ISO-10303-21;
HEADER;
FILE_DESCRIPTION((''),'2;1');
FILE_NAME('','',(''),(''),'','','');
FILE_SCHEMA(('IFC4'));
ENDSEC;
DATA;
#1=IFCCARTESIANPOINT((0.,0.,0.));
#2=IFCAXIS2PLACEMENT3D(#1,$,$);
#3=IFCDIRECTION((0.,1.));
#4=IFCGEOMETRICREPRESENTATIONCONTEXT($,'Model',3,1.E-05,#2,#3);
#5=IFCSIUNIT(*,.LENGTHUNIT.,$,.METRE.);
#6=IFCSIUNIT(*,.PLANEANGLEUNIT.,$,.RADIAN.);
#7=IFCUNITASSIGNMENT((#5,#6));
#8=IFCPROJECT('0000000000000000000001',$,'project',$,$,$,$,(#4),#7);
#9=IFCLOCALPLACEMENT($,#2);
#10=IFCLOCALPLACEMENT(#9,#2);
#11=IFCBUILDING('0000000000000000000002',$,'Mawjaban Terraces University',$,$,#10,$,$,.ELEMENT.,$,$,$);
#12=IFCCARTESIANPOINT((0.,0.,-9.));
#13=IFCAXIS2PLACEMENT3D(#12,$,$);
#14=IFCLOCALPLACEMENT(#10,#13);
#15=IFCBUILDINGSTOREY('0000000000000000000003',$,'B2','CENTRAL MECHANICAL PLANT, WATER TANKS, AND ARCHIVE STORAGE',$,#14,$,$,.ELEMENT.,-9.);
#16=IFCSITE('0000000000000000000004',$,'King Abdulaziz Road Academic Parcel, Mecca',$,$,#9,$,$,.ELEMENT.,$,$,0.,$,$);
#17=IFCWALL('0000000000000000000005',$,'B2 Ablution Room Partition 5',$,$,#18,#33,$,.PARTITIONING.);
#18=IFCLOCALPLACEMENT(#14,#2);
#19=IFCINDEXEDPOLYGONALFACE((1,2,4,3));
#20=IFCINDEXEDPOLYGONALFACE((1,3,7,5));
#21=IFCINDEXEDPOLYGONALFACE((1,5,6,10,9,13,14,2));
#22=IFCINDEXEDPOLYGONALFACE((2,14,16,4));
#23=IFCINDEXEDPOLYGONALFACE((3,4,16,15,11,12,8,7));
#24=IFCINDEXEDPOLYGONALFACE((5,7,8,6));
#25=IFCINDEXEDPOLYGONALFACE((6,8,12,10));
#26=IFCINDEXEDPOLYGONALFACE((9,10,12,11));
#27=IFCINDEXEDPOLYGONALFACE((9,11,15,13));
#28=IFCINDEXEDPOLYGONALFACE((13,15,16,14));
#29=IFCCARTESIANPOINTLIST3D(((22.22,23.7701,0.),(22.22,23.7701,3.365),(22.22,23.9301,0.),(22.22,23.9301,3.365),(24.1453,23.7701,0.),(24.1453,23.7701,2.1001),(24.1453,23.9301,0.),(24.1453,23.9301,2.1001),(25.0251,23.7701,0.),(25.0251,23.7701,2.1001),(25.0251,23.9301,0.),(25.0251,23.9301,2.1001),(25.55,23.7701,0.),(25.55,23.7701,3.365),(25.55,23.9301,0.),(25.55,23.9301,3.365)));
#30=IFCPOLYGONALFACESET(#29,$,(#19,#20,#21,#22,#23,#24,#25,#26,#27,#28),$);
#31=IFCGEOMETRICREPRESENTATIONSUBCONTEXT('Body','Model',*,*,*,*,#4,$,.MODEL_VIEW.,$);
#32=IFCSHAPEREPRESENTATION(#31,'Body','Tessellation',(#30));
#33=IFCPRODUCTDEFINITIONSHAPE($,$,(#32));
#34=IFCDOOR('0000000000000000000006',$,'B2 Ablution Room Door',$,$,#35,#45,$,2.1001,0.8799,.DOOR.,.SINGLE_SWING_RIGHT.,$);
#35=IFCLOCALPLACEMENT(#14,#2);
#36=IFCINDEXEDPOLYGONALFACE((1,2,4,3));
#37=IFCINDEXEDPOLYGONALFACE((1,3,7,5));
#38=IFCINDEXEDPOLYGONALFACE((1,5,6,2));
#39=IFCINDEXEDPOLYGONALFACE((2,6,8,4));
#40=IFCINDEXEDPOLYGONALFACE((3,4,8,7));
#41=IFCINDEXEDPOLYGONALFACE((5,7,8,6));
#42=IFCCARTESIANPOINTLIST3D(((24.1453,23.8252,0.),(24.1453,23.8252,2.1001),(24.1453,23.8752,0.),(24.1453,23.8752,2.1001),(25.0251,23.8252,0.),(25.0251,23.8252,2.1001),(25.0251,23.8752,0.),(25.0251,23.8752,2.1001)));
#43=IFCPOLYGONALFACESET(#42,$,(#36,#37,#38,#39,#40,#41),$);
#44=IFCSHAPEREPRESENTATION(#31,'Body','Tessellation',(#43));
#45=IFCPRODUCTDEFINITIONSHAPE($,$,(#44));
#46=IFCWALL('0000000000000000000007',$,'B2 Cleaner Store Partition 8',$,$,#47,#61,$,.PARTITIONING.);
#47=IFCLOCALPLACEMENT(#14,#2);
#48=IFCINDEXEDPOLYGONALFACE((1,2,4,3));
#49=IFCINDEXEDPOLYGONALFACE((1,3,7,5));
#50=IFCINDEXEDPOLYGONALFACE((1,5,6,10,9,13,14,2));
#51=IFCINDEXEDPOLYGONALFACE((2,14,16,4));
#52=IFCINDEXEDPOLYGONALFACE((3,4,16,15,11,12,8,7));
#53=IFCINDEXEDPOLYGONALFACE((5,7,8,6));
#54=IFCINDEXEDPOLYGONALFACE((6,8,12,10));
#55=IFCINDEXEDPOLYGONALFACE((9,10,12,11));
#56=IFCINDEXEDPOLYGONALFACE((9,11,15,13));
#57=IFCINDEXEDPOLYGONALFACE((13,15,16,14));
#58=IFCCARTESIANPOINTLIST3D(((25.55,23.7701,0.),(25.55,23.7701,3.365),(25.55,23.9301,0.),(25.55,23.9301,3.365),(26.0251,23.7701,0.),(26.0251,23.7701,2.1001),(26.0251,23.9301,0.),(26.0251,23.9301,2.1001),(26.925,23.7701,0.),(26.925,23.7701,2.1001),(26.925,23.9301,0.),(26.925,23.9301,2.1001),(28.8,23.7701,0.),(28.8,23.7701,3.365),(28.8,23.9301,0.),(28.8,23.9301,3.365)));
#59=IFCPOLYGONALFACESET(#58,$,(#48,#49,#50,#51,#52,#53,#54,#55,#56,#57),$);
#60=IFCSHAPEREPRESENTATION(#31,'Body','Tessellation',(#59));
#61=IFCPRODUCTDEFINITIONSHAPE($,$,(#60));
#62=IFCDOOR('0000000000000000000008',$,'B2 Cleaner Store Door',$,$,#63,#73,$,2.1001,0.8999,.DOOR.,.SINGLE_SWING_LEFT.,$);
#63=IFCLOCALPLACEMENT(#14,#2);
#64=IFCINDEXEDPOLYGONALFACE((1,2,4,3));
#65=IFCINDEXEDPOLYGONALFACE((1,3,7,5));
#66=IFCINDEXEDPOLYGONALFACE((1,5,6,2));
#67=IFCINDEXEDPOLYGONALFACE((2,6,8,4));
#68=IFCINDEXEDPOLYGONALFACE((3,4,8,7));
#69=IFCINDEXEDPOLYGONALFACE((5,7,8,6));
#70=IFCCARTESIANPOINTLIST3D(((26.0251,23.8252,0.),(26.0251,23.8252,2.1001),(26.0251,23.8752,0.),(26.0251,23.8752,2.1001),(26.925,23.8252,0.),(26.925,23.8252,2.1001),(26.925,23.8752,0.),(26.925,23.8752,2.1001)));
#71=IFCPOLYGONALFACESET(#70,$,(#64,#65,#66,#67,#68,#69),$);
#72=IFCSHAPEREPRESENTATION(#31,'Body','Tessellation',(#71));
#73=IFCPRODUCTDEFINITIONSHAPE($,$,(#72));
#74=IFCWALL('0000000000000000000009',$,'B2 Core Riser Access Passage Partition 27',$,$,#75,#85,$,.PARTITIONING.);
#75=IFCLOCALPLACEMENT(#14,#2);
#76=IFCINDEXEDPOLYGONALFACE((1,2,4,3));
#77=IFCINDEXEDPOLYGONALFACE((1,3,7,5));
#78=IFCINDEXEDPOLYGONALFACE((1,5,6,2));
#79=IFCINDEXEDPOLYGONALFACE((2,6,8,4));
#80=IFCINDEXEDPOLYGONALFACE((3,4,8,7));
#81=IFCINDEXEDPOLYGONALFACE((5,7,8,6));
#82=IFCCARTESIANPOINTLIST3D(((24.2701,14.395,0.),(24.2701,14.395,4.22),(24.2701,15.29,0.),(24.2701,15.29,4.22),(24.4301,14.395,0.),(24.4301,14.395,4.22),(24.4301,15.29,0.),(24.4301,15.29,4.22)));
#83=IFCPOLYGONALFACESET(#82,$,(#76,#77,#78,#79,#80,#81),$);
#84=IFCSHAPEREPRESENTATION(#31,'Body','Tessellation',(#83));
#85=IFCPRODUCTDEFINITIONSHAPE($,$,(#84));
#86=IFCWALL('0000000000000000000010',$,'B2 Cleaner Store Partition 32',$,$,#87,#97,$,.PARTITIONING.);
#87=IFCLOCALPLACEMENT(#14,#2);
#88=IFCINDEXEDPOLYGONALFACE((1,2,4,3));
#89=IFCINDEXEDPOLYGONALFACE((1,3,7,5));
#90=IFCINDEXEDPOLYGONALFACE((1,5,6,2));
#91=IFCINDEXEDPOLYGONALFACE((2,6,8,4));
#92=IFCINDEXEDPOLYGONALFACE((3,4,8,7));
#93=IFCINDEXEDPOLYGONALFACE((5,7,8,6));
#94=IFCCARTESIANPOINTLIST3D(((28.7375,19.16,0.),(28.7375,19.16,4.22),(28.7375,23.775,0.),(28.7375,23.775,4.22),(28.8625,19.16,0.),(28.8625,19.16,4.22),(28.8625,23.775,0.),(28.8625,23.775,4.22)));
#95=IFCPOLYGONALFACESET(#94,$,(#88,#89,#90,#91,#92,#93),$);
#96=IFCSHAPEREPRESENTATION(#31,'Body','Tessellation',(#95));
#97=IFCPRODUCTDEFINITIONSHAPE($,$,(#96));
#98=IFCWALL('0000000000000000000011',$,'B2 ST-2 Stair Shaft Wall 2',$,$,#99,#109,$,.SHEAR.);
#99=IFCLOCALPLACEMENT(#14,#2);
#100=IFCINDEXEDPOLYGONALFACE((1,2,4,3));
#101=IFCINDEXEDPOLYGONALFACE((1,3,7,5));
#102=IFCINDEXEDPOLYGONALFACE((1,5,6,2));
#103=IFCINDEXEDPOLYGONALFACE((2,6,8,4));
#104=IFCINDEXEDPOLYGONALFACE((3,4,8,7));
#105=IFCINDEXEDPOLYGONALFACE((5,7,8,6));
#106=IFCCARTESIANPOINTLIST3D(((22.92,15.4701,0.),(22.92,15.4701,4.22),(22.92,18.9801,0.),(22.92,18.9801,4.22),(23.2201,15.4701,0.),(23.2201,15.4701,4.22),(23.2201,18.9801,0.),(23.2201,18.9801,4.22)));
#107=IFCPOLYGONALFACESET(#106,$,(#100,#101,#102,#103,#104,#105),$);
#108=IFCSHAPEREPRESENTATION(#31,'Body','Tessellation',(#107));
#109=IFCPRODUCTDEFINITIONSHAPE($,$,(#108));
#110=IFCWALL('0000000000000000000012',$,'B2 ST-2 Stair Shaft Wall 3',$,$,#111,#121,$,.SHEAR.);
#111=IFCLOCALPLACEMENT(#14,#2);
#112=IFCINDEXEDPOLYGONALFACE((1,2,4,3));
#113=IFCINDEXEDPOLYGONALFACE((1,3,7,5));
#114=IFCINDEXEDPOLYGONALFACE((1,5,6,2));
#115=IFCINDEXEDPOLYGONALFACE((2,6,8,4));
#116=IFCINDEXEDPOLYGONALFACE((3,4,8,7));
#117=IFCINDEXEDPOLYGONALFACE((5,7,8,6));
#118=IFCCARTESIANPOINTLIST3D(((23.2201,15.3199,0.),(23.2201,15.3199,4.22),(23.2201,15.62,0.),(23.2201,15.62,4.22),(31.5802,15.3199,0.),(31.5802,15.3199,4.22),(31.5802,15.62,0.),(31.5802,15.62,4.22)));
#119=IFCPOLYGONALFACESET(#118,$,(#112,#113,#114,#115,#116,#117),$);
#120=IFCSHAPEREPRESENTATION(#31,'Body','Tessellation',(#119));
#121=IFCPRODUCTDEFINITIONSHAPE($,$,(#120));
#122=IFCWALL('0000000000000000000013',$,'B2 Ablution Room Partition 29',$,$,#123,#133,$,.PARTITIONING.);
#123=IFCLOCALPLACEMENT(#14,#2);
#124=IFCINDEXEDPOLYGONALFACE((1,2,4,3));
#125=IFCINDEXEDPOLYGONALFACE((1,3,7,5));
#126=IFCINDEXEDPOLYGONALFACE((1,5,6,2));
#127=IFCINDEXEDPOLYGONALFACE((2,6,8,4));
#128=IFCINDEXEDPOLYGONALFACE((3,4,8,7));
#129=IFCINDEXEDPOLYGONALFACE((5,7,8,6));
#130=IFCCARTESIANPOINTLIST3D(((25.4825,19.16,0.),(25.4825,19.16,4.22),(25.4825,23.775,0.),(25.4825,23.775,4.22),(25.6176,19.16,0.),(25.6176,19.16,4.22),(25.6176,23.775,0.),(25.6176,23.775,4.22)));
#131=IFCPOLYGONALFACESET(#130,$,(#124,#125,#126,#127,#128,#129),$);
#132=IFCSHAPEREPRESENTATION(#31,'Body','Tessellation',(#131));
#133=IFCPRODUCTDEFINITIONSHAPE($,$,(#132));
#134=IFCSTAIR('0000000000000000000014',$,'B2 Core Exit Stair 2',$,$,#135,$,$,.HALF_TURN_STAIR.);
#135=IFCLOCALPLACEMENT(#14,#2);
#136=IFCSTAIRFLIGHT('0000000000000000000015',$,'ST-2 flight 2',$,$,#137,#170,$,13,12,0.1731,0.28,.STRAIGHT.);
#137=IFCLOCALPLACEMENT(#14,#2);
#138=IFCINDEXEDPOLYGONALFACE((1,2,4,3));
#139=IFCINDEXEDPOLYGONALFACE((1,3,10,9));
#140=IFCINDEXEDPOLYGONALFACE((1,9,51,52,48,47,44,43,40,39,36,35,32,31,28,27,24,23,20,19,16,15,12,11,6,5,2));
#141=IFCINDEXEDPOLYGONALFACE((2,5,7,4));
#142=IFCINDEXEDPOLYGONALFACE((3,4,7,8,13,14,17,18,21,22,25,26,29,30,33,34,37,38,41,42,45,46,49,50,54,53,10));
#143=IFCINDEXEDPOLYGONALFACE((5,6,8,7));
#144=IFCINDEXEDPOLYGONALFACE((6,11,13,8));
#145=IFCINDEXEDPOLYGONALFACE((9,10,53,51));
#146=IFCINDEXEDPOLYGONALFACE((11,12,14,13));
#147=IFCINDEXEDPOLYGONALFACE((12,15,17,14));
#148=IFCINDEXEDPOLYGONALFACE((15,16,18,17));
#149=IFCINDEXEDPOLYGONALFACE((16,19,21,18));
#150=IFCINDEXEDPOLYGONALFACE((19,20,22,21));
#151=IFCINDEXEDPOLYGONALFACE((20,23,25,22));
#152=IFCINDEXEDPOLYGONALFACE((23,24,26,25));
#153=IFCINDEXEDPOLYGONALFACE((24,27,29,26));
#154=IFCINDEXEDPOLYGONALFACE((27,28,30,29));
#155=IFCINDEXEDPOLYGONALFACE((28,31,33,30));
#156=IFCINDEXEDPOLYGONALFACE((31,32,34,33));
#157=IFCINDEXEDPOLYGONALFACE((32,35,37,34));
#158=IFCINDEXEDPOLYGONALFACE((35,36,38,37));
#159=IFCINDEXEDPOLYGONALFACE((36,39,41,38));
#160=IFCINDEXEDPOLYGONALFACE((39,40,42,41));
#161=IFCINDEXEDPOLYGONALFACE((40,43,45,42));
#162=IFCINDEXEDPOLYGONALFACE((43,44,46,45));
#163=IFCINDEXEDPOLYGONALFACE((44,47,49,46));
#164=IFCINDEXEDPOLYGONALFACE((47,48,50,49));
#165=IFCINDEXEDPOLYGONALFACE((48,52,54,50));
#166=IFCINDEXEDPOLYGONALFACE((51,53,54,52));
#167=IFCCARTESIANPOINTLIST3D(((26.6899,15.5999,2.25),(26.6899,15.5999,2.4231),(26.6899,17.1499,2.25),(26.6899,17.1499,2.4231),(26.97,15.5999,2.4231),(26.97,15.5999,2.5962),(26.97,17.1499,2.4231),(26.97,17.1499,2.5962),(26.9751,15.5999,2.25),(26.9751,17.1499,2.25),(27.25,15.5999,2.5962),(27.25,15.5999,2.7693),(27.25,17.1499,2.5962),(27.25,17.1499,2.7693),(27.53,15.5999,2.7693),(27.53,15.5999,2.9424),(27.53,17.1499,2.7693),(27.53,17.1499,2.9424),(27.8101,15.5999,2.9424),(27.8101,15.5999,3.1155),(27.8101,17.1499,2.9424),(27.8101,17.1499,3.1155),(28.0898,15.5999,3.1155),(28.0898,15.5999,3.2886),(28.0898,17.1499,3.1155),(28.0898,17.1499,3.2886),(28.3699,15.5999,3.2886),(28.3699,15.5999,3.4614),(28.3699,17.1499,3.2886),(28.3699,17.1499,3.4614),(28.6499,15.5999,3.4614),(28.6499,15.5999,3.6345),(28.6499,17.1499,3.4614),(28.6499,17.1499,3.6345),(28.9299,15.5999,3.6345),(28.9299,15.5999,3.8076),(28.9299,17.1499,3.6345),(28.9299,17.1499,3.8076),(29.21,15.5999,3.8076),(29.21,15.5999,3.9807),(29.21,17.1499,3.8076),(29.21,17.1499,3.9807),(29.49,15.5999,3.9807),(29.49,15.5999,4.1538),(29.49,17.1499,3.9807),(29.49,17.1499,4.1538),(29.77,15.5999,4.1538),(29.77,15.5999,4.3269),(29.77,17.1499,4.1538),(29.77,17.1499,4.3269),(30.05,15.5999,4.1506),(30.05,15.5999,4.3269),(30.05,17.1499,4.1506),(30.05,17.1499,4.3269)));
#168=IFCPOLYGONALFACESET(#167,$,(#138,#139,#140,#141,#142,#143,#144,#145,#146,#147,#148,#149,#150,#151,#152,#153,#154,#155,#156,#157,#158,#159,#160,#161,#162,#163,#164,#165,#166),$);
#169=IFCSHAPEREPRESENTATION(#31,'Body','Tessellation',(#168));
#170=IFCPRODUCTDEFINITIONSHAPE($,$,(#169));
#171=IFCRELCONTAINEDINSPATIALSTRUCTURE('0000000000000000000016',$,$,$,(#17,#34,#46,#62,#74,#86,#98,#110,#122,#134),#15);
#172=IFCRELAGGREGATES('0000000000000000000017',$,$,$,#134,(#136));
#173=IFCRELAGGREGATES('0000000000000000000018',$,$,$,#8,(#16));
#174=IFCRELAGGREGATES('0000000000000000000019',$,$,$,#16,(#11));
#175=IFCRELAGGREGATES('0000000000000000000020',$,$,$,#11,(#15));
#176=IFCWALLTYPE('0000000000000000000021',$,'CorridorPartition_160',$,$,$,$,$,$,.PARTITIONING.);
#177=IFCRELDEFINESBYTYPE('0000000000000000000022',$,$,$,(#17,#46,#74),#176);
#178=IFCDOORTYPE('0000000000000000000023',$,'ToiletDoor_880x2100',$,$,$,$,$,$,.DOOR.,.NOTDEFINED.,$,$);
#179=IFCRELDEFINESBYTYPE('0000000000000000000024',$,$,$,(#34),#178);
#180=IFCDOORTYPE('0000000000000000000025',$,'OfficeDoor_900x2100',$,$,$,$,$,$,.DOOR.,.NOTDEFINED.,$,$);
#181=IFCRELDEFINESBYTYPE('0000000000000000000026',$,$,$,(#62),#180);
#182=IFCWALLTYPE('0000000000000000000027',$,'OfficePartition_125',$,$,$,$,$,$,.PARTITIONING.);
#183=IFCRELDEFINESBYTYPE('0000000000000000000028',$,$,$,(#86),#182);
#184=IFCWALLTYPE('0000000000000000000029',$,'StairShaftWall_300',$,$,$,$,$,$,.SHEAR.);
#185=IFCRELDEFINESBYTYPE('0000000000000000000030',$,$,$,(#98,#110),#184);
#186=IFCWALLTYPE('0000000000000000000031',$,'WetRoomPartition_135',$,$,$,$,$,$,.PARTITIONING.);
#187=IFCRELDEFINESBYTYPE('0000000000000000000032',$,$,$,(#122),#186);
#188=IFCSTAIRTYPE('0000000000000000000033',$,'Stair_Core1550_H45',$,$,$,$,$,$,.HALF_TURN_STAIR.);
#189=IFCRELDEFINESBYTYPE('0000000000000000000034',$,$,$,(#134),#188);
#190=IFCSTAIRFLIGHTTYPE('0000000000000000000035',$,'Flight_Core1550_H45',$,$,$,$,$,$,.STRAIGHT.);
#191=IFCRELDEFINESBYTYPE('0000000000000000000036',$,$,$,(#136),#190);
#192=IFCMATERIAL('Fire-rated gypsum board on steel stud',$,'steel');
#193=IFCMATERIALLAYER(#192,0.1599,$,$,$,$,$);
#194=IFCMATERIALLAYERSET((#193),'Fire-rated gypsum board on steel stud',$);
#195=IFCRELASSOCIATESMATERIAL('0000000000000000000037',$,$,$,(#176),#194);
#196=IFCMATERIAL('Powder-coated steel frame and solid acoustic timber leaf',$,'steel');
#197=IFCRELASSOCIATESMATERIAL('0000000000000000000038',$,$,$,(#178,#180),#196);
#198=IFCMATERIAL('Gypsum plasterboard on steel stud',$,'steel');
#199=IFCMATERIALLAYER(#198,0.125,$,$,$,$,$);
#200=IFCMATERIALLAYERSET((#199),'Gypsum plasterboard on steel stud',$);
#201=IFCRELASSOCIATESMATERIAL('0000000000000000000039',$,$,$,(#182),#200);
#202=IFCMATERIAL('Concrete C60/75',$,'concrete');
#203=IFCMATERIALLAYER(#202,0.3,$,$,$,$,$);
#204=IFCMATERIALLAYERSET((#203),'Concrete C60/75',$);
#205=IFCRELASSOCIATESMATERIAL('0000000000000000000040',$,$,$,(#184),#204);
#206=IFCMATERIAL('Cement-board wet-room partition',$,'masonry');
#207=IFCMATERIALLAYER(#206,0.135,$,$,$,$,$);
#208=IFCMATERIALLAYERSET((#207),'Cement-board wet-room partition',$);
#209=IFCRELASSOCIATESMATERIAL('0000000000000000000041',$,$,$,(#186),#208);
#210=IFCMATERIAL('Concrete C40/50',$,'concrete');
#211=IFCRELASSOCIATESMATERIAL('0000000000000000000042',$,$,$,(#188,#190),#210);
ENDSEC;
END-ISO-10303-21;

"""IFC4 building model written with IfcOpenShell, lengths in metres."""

from ifc_helpers import new_model, si_unit, direction, frame, frame_2d, origin, place, context, subcontext, project, spatial, polyline, rectangle, outline, extrude, material, layer, layer_set, type_object, element, fill, aggregate, save


model = new_model("IFC4")

# Units and contexts
model_context = context("Model", 3, precision=1e-05, world=origin(), true_north=direction((0.0, 1.0)))
body_context = subcontext(model_context, "Body", "Model", "MODEL_VIEW")
ifc_project = project(units=[si_unit("LENGTHUNIT", "METRE"), si_unit("PLANEANGLEUNIT", "RADIAN")], contexts=[model_context])

# Site, building, storey
site_placement = place(None, origin())
site = spatial("IfcSite", under=ifc_project, at=site_placement, Name="King Abdulaziz Road Academic Parcel, Mecca", CompositionType="ELEMENT", RefElevation=0.0)
building_placement = place(site_placement, origin())
building = spatial("IfcBuilding", under=site, at=building_placement, Name="Mawjaban Terraces University", CompositionType="ELEMENT")
storey_placement = place(building_placement, frame((0.0, 0.0, -9.0)))
storey = spatial("IfcBuildingStorey", under=building, at=storey_placement, Name="B2", Description="CENTRAL MECHANICAL PLANT, WATER TANKS, AND ARCHIVE STORAGE", CompositionType="ELEMENT", Elevation=-9.0)

# Walls, openings, doors
ifc_material_1 = material(Name="Fire-rated gypsum board on steel stud", Category="steel")
ifc_layer_1 = layer(ifc_material_1, 0.1599)
ifc_layer_set_1 = layer_set([ifc_layer_1], Name="Fire-rated gypsum board on steel stud")
wall_type_1 = type_object("IfcWallType", Name="CorridorPartition_160", PredefinedType="PARTITIONING", material=ifc_layer_set_1)
wall_1_placement = place(storey_placement, frame((25.55, 23.8501, 0.0), z_axis=(0.0, 0.0, 1.0), x_axis=(-1.0, 0.0, 0.0)))
wall_1 = element("IfcWall", 1, at=wall_1_placement, inside=storey, type_object=wall_type_1, Name="B2 Ablution Room Partition 5", PredefinedType="PARTITIONING", context=body_context, shape_type="SweptSolid", body=[
    extrude(rectangle(XDim=3.3301, YDim=0.1599, at=frame_2d((1.665, 0.0))), origin(), (0.0, 0.0, 1.0), 3.365),
])
opening_1_placement = place(wall_1_placement, frame((0.5249, 0.0, 0.0)))
opening_1 = element("IfcOpeningElement", 2, at=opening_1_placement, cuts=wall_1, PredefinedType="OPENING", context=body_context, shape_type="SweptSolid", body=[
    extrude(rectangle(XDim=0.8799, YDim=2.1001, at=frame_2d((0.4399, 1.05))), frame((0.0, 0.0898, 0.0), z_axis=(0.0, -1.0, 0.0), x_axis=(1.0, 0.0, 0.0)), (0.0, 0.0, 1.0), 0.1799),
])
ifc_material_2 = material(Name="Powder-coated steel frame and solid acoustic timber leaf", Category="steel")
door_type_1 = type_object("IfcDoorType", Name="ToiletDoor_880x2100", OperationType="NOTDEFINED", PredefinedType="DOOR", material=ifc_material_2)
door_1_placement = place(opening_1_placement, origin())
door_1 = element("IfcDoor", 3, at=door_1_placement, inside=storey, type_object=door_type_1, Name="B2 Ablution Room Door", OperationType="SINGLE_SWING_RIGHT", OverallHeight=2.1001, OverallWidth=0.8799, PredefinedType="DOOR", context=body_context, shape_type="SweptSolid", body=[
    extrude(rectangle(XDim=0.8799, YDim=2.1001, at=frame_2d((0.4399, 1.05))), frame((0.0, 0.0249, 0.0), z_axis=(0.0, -1.0, 0.0), x_axis=(1.0, 0.0, 0.0)), (0.0, 0.0, 1.0), 0.05),
])
fill(opening_1, door_1)
wall_2_placement = place(storey_placement, frame((28.8, 23.8501, 0.0), z_axis=(0.0, 0.0, 1.0), x_axis=(-1.0, 0.0, 0.0)))
wall_2 = element("IfcWall", 4, at=wall_2_placement, inside=storey, type_object=wall_type_1, Name="B2 Cleaner Store Partition 8", PredefinedType="PARTITIONING", context=body_context, shape_type="SweptSolid", body=[
    extrude(rectangle(XDim=3.25, YDim=0.1599, at=frame_2d((1.625, 0.0))), origin(), (0.0, 0.0, 1.0), 3.365),
])
opening_2_placement = place(wall_2_placement, frame((1.875, 0.0, 0.0)))
opening_2 = element("IfcOpeningElement", 5, at=opening_2_placement, cuts=wall_2, PredefinedType="OPENING", context=body_context, shape_type="SweptSolid", body=[
    extrude(rectangle(XDim=0.8999, YDim=2.1001, at=frame_2d((0.45, 1.05))), frame((0.0, 0.0898, 0.0), z_axis=(0.0, -1.0, 0.0), x_axis=(1.0, 0.0, 0.0)), (0.0, 0.0, 1.0), 0.1799),
])
door_type_2 = type_object("IfcDoorType", Name="OfficeDoor_900x2100", OperationType="NOTDEFINED", PredefinedType="DOOR", material=ifc_material_2)
door_2_placement = place(opening_2_placement, origin())
door_2 = element("IfcDoor", 6, at=door_2_placement, inside=storey, type_object=door_type_2, Name="B2 Cleaner Store Door", OperationType="SINGLE_SWING_LEFT", OverallHeight=2.1001, OverallWidth=0.8999, PredefinedType="DOOR", context=body_context, shape_type="SweptSolid", body=[
    extrude(rectangle(XDim=0.8999, YDim=2.1001, at=frame_2d((0.45, 1.05))), frame((0.0, 0.0249, 0.0), z_axis=(0.0, -1.0, 0.0), x_axis=(1.0, 0.0, 0.0)), (0.0, 0.0, 1.0), 0.05),
])
fill(opening_2, door_2)

# Walls
wall_3_placement = place(storey_placement, frame((24.3501, 15.29, 0.0), z_axis=(0.0, 0.0, 1.0), x_axis=(0.0, -1.0, 0.0)))
element("IfcWall", 7, at=wall_3_placement, inside=storey, type_object=wall_type_1, Name="B2 Core Riser Access Passage Partition 27", PredefinedType="PARTITIONING", context=body_context, shape_type="SweptSolid", body=[
    extrude(rectangle(XDim=0.895, YDim=0.1599, at=frame_2d((0.4475, 0.0))), origin(), (0.0, 0.0, 1.0), 4.22),
])
ifc_material_3 = material(Name="Gypsum plasterboard on steel stud", Category="steel")
ifc_layer_2 = layer(ifc_material_3, 0.125)
ifc_layer_set_2 = layer_set([ifc_layer_2], Name="Gypsum plasterboard on steel stud")
wall_type_2 = type_object("IfcWallType", Name="OfficePartition_125", PredefinedType="PARTITIONING", material=ifc_layer_set_2)
wall_4_placement = place(storey_placement, frame((28.8, 19.1599, 0.0), z_axis=(0.0, 0.0, 1.0), x_axis=(0.0, 1.0, 0.0)))
element("IfcWall", 8, at=wall_4_placement, inside=storey, type_object=wall_type_2, Name="B2 Cleaner Store Partition 32", PredefinedType="PARTITIONING", context=body_context, shape_type="SweptSolid", body=[
    extrude(rectangle(XDim=4.615, YDim=0.125, at=frame_2d((2.3076, 0.0))), origin(), (0.0, 0.0, 1.0), 4.22),
])
ifc_material_4 = material(Name="Concrete C60/75", Category="concrete")
ifc_layer_3 = layer(ifc_material_4, 0.3)
ifc_layer_set_3 = layer_set([ifc_layer_3], Name="Concrete C60/75")
wall_type_3 = type_object("IfcWallType", Name="StairShaftWall_300", PredefinedType="SHEAR", material=ifc_layer_set_3)
wall_5_placement = place(storey_placement, frame((23.0701, 18.98, 0.0), z_axis=(0.0, 0.0, 1.0), x_axis=(0.0, -1.0, 0.0)))
element("IfcWall", 9, at=wall_5_placement, inside=storey, type_object=wall_type_3, Name="B2 ST-2 Stair Shaft Wall 2", PredefinedType="SHEAR", context=body_context, shape_type="SweptSolid", body=[
    extrude(rectangle(XDim=3.51, YDim=0.3, at=frame_2d((1.7549, 0.0))), origin(), (0.0, 0.0, 1.0), 4.22),
])
wall_6_placement = place(storey_placement, frame((23.22, 15.47, 0.0), z_axis=(0.0, 0.0, 1.0), x_axis=(1.0, 0.0, 0.0)))
element("IfcWall", 10, at=wall_6_placement, inside=storey, type_object=wall_type_3, Name="B2 ST-2 Stair Shaft Wall 3", PredefinedType="SHEAR", context=body_context, shape_type="SweptSolid", body=[
    extrude(rectangle(XDim=8.3601, YDim=0.3, at=frame_2d((4.1802, 0.0))), origin(), (0.0, 0.0, 1.0), 4.22),
])
ifc_material_5 = material(Name="Cement-board wet-room partition", Category="masonry")
ifc_layer_4 = layer(ifc_material_5, 0.135)
ifc_layer_set_4 = layer_set([ifc_layer_4], Name="Cement-board wet-room partition")
wall_type_4 = type_object("IfcWallType", Name="WetRoomPartition_135", PredefinedType="PARTITIONING", material=ifc_layer_set_4)
wall_7_placement = place(storey_placement, frame((25.55, 19.1599, 0.0), z_axis=(0.0, 0.0, 1.0), x_axis=(0.0, 1.0, 0.0)))
element("IfcWall", 11, at=wall_7_placement, inside=storey, type_object=wall_type_4, Name="B2 Ablution Room Partition 29", PredefinedType="PARTITIONING", context=body_context, shape_type="SweptSolid", body=[
    extrude(rectangle(XDim=4.615, YDim=0.135, at=frame_2d((2.3076, 0.0))), origin(), (0.0, 0.0, 1.0), 4.22),
])

# Stair, stair flight
ifc_material_6 = material(Name="Concrete C40/50", Category="concrete")
stair_type = type_object("IfcStairType", Name="Stair_Core1550_H45", PredefinedType="HALF_TURN_STAIR", material=ifc_material_6)
stair_placement = place(storey_placement, origin())
stair = element("IfcStair", 12, at=stair_placement, inside=storey, type_object=stair_type, Name="B2 Core Exit Stair 2", PredefinedType="HALF_TURN_STAIR")
stair_flight_type = type_object("IfcStairFlightType", Name="Flight_Core1550_H45", PredefinedType="STRAIGHT", material=ifc_material_6)
stair_flight_placement = place(storey_placement, frame((26.6899, 16.375, 2.25), z_axis=(0.0, 0.0, 1.0), x_axis=(1.0, 0.0, 0.0)))
stair_flight = element("IfcStairFlight", 13, at=stair_flight_placement, type_object=stair_flight_type, Name="ST-2 flight 2", NumberOfRisers=13, NumberOfTreads=12, PredefinedType="STRAIGHT", RiserHeight=0.1731, TreadLength=0.28, context=body_context, shape_type="SweptSolid", body=[
    extrude(outline(polyline([(0.0, 0.0), (0.0, 0.1731), (0.28, 0.1731), (0.28, 0.3462), (0.5601, 0.3462), (0.5601, 0.5193), (0.8401, 0.5193), (0.8401, 0.6924), (1.1201, 0.6924), (1.1201, 0.8655), (1.3999, 0.8655), (1.3999, 1.0386), (1.6799, 1.0386), (1.6799, 1.2114), (1.96, 1.2114), (1.96, 1.3845), (2.24, 1.3845), (2.24, 1.5576), (2.52, 1.5576), (2.52, 1.7307), (2.8, 1.7307), (2.8, 1.9038), (3.0801, 1.9038), (3.0801, 2.0769), (3.3601, 2.0769), (3.3601, 2.25), (3.3601, 1.9006), (0.2852, 0.0), (0.0, 0.0)])), frame((0.0, 0.7749, 0.0), z_axis=(0.0, -1.0, 0.0), x_axis=(1.0, 0.0, 0.0)), (0.0, 0.0, 1.0), 1.55),
])
aggregate(stair, [stair_flight])

save(model, "model.ifc")
